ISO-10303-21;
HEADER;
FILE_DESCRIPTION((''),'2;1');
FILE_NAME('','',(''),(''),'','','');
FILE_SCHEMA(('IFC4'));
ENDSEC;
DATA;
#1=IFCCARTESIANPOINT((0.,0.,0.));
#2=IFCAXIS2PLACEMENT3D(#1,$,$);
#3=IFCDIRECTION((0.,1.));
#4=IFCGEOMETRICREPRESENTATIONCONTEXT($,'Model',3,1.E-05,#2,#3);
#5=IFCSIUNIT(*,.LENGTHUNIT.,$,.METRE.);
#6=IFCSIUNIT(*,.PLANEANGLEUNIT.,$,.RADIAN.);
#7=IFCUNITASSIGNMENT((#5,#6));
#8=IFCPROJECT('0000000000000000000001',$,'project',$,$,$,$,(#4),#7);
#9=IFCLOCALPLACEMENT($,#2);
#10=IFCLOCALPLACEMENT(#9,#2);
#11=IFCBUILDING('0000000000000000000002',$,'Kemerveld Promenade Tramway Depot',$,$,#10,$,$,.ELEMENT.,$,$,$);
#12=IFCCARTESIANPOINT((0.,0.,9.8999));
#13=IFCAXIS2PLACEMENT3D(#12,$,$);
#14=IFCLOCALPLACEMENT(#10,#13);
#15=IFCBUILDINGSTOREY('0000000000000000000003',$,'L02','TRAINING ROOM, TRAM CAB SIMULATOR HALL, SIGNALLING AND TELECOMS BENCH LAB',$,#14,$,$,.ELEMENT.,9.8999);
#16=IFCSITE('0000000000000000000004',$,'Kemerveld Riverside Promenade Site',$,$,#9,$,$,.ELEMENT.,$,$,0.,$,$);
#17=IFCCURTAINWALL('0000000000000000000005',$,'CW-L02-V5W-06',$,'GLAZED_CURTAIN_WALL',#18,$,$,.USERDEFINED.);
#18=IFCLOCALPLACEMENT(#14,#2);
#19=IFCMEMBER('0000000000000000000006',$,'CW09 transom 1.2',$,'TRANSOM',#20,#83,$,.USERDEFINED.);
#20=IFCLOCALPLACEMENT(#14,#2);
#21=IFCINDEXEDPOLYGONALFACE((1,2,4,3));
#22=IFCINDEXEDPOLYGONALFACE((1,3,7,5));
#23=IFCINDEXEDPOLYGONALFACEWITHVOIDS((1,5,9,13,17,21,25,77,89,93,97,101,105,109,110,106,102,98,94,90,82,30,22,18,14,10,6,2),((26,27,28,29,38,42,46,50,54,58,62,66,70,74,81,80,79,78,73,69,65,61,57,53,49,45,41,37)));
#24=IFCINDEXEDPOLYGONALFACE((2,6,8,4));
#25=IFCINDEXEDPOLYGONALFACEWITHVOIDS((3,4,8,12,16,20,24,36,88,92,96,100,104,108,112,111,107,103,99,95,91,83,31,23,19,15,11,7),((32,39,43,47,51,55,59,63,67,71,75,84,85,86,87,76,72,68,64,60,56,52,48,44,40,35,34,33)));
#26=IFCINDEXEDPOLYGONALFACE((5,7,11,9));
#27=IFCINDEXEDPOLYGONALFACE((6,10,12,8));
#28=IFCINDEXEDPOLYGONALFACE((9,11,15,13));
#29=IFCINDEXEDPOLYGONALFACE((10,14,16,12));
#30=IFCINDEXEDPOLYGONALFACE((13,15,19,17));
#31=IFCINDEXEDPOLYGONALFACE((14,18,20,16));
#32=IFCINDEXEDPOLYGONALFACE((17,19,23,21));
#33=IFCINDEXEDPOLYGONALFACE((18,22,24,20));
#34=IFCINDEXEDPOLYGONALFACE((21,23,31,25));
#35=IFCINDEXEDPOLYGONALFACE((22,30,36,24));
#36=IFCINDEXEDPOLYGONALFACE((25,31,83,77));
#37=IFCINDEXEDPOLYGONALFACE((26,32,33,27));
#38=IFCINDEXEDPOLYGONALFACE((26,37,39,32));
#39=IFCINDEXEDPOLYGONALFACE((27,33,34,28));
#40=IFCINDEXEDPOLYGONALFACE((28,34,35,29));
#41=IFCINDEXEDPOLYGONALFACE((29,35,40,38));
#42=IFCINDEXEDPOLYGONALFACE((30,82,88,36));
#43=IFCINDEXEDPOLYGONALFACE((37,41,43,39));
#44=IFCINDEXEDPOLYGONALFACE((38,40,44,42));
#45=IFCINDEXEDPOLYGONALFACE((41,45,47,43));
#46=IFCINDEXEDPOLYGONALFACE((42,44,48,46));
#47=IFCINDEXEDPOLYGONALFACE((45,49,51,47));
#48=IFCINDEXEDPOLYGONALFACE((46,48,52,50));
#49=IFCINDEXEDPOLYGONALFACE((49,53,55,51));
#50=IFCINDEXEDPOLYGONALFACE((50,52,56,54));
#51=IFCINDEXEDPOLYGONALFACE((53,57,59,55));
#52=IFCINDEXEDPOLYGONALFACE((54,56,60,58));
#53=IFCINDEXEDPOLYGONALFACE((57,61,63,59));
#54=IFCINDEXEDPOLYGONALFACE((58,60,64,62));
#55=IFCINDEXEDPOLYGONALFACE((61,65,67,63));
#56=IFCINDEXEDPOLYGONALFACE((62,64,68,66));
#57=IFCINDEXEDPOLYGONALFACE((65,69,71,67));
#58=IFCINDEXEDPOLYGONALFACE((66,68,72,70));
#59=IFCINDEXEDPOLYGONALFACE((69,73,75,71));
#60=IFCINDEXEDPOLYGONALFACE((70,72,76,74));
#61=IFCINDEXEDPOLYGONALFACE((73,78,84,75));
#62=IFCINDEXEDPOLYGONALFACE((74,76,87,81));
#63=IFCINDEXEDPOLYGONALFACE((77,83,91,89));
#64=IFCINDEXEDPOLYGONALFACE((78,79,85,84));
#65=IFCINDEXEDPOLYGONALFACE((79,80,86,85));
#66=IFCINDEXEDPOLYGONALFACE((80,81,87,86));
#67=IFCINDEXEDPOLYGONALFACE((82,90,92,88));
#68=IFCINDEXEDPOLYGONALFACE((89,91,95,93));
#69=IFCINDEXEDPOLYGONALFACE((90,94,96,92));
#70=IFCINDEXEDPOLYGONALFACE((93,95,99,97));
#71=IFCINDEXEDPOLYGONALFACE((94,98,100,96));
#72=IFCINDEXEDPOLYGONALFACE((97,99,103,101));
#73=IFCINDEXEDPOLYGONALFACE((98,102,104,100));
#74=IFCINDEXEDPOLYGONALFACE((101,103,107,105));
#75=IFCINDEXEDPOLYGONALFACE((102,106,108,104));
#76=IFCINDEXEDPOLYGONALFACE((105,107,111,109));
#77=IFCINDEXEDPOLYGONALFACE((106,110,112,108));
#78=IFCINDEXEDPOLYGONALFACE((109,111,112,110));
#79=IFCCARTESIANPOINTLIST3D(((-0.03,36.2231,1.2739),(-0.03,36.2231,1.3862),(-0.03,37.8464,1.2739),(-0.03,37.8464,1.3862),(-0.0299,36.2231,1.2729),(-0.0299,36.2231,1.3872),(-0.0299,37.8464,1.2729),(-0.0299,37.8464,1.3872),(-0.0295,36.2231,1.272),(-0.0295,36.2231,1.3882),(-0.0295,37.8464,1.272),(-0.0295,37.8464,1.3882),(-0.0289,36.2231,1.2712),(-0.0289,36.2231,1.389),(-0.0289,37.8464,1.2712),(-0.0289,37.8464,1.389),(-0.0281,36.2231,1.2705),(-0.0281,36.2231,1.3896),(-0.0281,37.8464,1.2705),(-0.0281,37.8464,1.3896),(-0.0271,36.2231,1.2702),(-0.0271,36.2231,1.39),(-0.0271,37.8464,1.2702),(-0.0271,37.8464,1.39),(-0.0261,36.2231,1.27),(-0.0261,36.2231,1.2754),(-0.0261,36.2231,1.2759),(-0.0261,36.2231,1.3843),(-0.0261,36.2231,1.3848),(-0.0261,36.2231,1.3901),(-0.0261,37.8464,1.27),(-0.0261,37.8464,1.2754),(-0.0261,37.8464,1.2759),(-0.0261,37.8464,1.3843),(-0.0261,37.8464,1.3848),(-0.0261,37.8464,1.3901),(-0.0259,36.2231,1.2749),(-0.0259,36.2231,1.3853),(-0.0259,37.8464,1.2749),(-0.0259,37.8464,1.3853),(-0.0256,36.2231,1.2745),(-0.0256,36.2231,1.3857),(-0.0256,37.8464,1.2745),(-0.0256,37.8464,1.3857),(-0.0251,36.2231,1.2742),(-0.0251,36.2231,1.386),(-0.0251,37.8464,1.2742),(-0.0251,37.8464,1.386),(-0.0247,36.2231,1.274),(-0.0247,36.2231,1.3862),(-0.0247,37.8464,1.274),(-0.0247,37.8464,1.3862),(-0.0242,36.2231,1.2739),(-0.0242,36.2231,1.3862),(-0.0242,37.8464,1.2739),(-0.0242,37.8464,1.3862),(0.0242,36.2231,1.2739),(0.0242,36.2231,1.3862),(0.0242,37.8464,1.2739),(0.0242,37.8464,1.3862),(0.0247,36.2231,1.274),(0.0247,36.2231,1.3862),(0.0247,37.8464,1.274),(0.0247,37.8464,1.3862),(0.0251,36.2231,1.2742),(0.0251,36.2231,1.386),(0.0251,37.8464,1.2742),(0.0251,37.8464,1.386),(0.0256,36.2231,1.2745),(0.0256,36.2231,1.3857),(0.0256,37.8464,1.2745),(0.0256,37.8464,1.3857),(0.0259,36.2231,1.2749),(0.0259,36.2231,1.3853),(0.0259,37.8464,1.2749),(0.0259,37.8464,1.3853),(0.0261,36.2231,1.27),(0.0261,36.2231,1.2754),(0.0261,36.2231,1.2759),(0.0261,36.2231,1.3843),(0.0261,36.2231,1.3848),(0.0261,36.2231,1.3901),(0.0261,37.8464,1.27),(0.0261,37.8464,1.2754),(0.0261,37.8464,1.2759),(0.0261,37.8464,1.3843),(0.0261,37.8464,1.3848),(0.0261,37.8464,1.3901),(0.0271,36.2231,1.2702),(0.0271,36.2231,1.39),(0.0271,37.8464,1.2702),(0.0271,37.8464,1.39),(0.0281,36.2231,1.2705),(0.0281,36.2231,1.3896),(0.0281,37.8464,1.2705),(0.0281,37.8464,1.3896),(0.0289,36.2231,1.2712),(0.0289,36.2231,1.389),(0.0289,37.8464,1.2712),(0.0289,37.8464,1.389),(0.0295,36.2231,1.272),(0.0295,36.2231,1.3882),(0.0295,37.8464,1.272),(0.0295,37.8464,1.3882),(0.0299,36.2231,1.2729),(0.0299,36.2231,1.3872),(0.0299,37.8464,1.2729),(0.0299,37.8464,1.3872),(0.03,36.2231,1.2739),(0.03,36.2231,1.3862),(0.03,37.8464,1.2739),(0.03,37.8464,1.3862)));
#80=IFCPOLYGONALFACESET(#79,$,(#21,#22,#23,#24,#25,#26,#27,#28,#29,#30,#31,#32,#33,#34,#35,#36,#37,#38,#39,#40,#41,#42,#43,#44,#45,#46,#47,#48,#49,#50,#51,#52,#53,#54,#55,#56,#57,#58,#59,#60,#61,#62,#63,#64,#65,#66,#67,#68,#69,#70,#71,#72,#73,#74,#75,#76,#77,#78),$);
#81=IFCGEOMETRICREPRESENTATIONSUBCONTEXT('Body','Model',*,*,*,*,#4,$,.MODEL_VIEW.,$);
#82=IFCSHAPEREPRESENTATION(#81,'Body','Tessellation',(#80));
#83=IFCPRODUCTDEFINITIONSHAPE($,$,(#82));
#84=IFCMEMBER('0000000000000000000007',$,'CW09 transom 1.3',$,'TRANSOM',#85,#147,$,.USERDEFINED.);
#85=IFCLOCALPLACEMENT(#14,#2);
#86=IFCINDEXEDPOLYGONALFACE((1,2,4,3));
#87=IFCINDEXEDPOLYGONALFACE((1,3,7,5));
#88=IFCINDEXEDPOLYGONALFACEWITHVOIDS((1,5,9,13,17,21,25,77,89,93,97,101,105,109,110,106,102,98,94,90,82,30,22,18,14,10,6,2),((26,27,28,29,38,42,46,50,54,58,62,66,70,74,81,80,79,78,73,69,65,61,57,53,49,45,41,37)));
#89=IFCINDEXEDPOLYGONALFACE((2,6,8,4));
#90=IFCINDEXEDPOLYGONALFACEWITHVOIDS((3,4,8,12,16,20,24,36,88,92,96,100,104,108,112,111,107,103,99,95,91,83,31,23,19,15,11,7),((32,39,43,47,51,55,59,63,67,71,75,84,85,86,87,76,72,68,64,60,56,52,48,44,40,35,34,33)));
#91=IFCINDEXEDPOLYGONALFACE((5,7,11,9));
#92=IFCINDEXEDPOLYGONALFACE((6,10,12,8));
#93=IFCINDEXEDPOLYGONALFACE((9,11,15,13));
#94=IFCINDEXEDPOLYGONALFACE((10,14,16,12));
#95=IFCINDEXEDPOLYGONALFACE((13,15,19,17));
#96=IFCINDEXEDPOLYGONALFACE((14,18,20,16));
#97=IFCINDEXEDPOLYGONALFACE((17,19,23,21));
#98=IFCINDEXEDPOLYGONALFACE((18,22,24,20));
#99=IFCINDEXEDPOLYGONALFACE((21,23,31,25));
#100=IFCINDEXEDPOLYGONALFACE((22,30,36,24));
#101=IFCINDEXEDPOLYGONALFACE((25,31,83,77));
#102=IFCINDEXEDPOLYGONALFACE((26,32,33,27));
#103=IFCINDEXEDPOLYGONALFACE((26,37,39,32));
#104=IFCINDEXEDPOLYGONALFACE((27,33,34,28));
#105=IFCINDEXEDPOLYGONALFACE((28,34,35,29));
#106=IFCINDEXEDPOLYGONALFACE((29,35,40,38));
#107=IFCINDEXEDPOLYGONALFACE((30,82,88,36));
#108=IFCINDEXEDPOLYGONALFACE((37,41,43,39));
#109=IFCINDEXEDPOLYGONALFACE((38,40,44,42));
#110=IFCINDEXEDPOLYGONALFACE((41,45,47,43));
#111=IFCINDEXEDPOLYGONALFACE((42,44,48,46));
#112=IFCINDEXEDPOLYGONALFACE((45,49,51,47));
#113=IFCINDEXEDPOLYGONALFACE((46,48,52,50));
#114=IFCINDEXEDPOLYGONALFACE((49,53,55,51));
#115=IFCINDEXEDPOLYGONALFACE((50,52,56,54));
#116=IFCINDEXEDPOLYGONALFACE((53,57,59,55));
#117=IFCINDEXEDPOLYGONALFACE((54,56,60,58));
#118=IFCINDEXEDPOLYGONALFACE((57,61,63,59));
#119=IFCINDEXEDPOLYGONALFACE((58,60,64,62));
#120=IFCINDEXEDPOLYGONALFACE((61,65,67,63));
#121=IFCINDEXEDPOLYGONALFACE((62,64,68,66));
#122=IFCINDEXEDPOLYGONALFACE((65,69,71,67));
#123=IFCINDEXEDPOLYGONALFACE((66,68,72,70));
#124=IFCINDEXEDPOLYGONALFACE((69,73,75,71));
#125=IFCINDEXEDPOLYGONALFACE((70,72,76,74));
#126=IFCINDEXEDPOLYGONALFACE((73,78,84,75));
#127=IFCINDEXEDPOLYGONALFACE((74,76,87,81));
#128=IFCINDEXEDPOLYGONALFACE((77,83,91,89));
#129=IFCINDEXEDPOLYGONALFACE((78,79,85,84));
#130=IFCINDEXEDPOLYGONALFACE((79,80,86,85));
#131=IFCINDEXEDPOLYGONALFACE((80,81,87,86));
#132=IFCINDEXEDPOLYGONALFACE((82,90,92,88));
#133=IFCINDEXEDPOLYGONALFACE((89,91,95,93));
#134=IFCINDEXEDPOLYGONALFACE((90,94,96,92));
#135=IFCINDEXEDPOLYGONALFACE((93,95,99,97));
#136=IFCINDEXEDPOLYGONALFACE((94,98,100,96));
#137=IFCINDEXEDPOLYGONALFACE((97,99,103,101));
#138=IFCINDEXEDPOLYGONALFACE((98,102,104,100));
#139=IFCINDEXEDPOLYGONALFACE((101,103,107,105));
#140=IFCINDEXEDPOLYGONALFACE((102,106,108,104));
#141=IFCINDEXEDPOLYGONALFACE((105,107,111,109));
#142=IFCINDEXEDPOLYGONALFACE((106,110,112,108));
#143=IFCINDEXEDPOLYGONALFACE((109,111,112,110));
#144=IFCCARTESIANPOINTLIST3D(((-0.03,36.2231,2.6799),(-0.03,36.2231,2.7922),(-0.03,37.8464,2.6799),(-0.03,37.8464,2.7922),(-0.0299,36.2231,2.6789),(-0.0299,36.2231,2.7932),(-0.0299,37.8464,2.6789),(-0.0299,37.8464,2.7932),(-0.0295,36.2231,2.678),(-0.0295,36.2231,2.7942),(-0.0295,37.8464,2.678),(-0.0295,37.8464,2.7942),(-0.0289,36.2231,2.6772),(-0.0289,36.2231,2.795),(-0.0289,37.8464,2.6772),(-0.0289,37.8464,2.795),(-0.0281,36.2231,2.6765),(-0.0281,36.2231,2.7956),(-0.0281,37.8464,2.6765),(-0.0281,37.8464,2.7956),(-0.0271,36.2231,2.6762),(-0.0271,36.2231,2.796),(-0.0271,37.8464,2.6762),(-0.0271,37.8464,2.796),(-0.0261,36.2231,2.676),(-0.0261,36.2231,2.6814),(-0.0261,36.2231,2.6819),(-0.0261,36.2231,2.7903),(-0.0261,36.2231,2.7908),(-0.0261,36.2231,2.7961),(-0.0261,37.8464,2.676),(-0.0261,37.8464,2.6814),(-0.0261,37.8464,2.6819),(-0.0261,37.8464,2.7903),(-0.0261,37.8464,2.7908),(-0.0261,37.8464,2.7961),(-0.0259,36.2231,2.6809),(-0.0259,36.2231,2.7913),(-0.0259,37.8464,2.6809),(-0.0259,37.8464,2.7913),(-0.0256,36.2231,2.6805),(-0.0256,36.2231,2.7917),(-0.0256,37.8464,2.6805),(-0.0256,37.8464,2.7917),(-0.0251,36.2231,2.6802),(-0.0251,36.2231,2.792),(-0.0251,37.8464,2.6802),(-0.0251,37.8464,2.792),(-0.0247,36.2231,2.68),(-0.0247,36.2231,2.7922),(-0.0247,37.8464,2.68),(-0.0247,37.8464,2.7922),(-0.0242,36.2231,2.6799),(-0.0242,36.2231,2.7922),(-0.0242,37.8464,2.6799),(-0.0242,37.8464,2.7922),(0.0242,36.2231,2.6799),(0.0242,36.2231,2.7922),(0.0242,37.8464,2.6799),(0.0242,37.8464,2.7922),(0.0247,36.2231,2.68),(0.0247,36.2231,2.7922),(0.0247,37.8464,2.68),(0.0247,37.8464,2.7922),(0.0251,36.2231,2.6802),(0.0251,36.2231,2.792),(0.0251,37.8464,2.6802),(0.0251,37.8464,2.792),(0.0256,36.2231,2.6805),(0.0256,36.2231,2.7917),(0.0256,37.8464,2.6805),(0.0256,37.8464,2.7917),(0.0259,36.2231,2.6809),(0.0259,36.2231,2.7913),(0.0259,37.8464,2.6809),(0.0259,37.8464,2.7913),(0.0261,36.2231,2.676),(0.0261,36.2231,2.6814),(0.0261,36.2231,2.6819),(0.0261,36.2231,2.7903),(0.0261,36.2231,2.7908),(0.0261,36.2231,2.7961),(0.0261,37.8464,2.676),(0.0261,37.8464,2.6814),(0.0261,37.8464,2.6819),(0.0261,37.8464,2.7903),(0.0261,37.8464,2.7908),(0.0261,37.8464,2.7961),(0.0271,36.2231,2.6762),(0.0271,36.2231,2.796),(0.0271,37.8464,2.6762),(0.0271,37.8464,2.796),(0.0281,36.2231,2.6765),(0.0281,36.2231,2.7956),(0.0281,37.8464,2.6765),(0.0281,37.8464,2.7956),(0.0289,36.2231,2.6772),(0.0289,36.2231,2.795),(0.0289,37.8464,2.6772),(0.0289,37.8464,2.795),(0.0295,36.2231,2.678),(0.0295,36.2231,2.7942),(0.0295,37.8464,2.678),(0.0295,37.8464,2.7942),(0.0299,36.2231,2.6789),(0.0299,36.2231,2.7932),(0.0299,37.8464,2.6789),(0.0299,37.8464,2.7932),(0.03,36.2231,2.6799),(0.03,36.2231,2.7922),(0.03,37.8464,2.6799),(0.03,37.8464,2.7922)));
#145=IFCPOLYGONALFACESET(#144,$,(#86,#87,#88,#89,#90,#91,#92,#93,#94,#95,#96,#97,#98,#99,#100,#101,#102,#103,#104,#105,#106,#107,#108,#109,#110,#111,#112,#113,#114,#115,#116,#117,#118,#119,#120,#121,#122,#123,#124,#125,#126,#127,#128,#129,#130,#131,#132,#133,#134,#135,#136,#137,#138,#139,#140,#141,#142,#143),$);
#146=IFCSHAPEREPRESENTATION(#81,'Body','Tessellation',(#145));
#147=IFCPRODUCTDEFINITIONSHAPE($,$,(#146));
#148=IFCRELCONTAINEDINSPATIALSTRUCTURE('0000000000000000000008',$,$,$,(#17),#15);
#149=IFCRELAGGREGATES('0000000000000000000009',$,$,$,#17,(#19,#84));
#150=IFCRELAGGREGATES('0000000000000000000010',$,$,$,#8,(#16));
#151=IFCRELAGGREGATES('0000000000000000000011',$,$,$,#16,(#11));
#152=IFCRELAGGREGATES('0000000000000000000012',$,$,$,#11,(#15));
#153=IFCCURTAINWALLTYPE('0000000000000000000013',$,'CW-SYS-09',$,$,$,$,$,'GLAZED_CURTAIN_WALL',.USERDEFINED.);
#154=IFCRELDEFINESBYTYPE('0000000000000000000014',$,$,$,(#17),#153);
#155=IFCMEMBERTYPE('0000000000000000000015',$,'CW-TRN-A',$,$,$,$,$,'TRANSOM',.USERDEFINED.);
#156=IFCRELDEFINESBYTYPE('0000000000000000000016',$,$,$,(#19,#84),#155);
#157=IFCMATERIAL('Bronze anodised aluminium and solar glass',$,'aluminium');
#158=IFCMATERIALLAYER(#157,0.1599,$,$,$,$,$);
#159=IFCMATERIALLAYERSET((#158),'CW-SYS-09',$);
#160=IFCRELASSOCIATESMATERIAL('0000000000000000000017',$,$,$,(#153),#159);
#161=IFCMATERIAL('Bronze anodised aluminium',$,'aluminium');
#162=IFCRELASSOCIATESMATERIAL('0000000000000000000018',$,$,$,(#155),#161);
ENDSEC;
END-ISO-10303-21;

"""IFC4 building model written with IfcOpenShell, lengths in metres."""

from ifc_helpers import new_model, si_unit, direction, frame, origin, origin_2d, place, context, subcontext, project, spatial, hollow_rectangle, extrude, material, layer, layer_set, material_profile, profile_set, type_object, element, aggregate, save


model = new_model("IFC4")

# Units and contexts
model_context = context("Model", 3, precision=1e-05, world=origin(), true_north=direction((0.0, 1.0)))
body_context = subcontext(model_context, "Body", "Model", "MODEL_VIEW")
ifc_project = project(units=[si_unit("LENGTHUNIT", "METRE"), si_unit("PLANEANGLEUNIT", "RADIAN")], contexts=[model_context])

# Site, building, storey
site_placement = place(None, origin())
site = spatial("IfcSite", under=ifc_project, at=site_placement, Name="Kemerveld Riverside Promenade Site", CompositionType="ELEMENT", RefElevation=0.0)
building_placement = place(site_placement, origin())
building = spatial("IfcBuilding", under=site, at=building_placement, Name="Kemerveld Promenade Tramway Depot", CompositionType="ELEMENT")
storey_placement = place(building_placement, frame((0.0, 0.0, 9.8999)))
storey = spatial("IfcBuildingStorey", under=building, at=storey_placement, Name="L02", Description="TRAINING ROOM, TRAM CAB SIMULATOR HALL, SIGNALLING AND TELECOMS BENCH LAB", CompositionType="ELEMENT", Elevation=9.8999)

# Curtain wall, members
ifc_material_1 = material(Name="Bronze anodised aluminium and solar glass", Category="aluminium")
ifc_layer_1 = layer(ifc_material_1, 0.1599)
ifc_layer_set_1 = layer_set([ifc_layer_1], Name="CW-SYS-09")
curtain_wall_type = type_object("IfcCurtainWallType", Name="CW-SYS-09", ElementType="GLAZED_CURTAIN_WALL", PredefinedType="USERDEFINED", material=ifc_layer_set_1)
curtain_wall_placement = place(storey_placement, origin())
curtain_wall = element("IfcCurtainWall", 1, at=curtain_wall_placement, inside=storey, type_object=curtain_wall_type, Name="CW-L02-V5W-06", ObjectType="GLAZED_CURTAIN_WALL", PredefinedType="USERDEFINED")
ifc_material_2 = material(Name="Bronze anodised aluminium", Category="aluminium")
ifc_material_profile_1 = material_profile(ifc_material_2, hollow_rectangle(XDim=0.0601, YDim=0.1201, WallThickness=0.0039, InnerFilletRadius=0.002, OuterFilletRadius=0.0039, at=origin_2d()), Name="CW-TRN-120x60")
ifc_profile_set_1 = profile_set([ifc_material_profile_1], Name="Bronze anodised aluminium")
member_type_1 = type_object("IfcMemberType", Name="CW-TRN-A", ElementType="TRANSOM", PredefinedType="USERDEFINED", material=ifc_profile_set_1)
member_1_placement = place(storey_placement, frame((0.0, 36.2231, 1.3301), z_axis=(0.0, 1.0, 0.0), x_axis=(-1.0, 0.0, 0.0)))
member_1 = element("IfcMember", 2, at=member_1_placement, type_object=member_type_1, Name="CW09 transom 1.2", ObjectType="TRANSOM", PredefinedType="USERDEFINED", context=body_context, shape_type="SweptSolid", body=[
    extrude(hollow_rectangle(XDim=0.0601, YDim=0.1201, WallThickness=0.0039, InnerFilletRadius=0.002, OuterFilletRadius=0.0039, at=origin_2d()), origin(), (0.0, 0.0, 1.0), 1.6233),
])
member_2_placement = place(storey_placement, frame((0.0, 36.2231, 2.7361), z_axis=(0.0, 1.0, 0.0), x_axis=(-1.0, 0.0, 0.0)))
member_2 = element("IfcMember", 3, at=member_2_placement, type_object=member_type_1, Name="CW09 transom 1.3", ObjectType="TRANSOM", PredefinedType="USERDEFINED", context=body_context, shape_type="SweptSolid", body=[
    extrude(hollow_rectangle(XDim=0.0601, YDim=0.1201, WallThickness=0.0039, InnerFilletRadius=0.002, OuterFilletRadius=0.0039, at=origin_2d()), origin(), (0.0, 0.0, 1.0), 1.6233),
])
aggregate(curtain_wall, [member_1, member_2])

save(model, "model.ifc")
